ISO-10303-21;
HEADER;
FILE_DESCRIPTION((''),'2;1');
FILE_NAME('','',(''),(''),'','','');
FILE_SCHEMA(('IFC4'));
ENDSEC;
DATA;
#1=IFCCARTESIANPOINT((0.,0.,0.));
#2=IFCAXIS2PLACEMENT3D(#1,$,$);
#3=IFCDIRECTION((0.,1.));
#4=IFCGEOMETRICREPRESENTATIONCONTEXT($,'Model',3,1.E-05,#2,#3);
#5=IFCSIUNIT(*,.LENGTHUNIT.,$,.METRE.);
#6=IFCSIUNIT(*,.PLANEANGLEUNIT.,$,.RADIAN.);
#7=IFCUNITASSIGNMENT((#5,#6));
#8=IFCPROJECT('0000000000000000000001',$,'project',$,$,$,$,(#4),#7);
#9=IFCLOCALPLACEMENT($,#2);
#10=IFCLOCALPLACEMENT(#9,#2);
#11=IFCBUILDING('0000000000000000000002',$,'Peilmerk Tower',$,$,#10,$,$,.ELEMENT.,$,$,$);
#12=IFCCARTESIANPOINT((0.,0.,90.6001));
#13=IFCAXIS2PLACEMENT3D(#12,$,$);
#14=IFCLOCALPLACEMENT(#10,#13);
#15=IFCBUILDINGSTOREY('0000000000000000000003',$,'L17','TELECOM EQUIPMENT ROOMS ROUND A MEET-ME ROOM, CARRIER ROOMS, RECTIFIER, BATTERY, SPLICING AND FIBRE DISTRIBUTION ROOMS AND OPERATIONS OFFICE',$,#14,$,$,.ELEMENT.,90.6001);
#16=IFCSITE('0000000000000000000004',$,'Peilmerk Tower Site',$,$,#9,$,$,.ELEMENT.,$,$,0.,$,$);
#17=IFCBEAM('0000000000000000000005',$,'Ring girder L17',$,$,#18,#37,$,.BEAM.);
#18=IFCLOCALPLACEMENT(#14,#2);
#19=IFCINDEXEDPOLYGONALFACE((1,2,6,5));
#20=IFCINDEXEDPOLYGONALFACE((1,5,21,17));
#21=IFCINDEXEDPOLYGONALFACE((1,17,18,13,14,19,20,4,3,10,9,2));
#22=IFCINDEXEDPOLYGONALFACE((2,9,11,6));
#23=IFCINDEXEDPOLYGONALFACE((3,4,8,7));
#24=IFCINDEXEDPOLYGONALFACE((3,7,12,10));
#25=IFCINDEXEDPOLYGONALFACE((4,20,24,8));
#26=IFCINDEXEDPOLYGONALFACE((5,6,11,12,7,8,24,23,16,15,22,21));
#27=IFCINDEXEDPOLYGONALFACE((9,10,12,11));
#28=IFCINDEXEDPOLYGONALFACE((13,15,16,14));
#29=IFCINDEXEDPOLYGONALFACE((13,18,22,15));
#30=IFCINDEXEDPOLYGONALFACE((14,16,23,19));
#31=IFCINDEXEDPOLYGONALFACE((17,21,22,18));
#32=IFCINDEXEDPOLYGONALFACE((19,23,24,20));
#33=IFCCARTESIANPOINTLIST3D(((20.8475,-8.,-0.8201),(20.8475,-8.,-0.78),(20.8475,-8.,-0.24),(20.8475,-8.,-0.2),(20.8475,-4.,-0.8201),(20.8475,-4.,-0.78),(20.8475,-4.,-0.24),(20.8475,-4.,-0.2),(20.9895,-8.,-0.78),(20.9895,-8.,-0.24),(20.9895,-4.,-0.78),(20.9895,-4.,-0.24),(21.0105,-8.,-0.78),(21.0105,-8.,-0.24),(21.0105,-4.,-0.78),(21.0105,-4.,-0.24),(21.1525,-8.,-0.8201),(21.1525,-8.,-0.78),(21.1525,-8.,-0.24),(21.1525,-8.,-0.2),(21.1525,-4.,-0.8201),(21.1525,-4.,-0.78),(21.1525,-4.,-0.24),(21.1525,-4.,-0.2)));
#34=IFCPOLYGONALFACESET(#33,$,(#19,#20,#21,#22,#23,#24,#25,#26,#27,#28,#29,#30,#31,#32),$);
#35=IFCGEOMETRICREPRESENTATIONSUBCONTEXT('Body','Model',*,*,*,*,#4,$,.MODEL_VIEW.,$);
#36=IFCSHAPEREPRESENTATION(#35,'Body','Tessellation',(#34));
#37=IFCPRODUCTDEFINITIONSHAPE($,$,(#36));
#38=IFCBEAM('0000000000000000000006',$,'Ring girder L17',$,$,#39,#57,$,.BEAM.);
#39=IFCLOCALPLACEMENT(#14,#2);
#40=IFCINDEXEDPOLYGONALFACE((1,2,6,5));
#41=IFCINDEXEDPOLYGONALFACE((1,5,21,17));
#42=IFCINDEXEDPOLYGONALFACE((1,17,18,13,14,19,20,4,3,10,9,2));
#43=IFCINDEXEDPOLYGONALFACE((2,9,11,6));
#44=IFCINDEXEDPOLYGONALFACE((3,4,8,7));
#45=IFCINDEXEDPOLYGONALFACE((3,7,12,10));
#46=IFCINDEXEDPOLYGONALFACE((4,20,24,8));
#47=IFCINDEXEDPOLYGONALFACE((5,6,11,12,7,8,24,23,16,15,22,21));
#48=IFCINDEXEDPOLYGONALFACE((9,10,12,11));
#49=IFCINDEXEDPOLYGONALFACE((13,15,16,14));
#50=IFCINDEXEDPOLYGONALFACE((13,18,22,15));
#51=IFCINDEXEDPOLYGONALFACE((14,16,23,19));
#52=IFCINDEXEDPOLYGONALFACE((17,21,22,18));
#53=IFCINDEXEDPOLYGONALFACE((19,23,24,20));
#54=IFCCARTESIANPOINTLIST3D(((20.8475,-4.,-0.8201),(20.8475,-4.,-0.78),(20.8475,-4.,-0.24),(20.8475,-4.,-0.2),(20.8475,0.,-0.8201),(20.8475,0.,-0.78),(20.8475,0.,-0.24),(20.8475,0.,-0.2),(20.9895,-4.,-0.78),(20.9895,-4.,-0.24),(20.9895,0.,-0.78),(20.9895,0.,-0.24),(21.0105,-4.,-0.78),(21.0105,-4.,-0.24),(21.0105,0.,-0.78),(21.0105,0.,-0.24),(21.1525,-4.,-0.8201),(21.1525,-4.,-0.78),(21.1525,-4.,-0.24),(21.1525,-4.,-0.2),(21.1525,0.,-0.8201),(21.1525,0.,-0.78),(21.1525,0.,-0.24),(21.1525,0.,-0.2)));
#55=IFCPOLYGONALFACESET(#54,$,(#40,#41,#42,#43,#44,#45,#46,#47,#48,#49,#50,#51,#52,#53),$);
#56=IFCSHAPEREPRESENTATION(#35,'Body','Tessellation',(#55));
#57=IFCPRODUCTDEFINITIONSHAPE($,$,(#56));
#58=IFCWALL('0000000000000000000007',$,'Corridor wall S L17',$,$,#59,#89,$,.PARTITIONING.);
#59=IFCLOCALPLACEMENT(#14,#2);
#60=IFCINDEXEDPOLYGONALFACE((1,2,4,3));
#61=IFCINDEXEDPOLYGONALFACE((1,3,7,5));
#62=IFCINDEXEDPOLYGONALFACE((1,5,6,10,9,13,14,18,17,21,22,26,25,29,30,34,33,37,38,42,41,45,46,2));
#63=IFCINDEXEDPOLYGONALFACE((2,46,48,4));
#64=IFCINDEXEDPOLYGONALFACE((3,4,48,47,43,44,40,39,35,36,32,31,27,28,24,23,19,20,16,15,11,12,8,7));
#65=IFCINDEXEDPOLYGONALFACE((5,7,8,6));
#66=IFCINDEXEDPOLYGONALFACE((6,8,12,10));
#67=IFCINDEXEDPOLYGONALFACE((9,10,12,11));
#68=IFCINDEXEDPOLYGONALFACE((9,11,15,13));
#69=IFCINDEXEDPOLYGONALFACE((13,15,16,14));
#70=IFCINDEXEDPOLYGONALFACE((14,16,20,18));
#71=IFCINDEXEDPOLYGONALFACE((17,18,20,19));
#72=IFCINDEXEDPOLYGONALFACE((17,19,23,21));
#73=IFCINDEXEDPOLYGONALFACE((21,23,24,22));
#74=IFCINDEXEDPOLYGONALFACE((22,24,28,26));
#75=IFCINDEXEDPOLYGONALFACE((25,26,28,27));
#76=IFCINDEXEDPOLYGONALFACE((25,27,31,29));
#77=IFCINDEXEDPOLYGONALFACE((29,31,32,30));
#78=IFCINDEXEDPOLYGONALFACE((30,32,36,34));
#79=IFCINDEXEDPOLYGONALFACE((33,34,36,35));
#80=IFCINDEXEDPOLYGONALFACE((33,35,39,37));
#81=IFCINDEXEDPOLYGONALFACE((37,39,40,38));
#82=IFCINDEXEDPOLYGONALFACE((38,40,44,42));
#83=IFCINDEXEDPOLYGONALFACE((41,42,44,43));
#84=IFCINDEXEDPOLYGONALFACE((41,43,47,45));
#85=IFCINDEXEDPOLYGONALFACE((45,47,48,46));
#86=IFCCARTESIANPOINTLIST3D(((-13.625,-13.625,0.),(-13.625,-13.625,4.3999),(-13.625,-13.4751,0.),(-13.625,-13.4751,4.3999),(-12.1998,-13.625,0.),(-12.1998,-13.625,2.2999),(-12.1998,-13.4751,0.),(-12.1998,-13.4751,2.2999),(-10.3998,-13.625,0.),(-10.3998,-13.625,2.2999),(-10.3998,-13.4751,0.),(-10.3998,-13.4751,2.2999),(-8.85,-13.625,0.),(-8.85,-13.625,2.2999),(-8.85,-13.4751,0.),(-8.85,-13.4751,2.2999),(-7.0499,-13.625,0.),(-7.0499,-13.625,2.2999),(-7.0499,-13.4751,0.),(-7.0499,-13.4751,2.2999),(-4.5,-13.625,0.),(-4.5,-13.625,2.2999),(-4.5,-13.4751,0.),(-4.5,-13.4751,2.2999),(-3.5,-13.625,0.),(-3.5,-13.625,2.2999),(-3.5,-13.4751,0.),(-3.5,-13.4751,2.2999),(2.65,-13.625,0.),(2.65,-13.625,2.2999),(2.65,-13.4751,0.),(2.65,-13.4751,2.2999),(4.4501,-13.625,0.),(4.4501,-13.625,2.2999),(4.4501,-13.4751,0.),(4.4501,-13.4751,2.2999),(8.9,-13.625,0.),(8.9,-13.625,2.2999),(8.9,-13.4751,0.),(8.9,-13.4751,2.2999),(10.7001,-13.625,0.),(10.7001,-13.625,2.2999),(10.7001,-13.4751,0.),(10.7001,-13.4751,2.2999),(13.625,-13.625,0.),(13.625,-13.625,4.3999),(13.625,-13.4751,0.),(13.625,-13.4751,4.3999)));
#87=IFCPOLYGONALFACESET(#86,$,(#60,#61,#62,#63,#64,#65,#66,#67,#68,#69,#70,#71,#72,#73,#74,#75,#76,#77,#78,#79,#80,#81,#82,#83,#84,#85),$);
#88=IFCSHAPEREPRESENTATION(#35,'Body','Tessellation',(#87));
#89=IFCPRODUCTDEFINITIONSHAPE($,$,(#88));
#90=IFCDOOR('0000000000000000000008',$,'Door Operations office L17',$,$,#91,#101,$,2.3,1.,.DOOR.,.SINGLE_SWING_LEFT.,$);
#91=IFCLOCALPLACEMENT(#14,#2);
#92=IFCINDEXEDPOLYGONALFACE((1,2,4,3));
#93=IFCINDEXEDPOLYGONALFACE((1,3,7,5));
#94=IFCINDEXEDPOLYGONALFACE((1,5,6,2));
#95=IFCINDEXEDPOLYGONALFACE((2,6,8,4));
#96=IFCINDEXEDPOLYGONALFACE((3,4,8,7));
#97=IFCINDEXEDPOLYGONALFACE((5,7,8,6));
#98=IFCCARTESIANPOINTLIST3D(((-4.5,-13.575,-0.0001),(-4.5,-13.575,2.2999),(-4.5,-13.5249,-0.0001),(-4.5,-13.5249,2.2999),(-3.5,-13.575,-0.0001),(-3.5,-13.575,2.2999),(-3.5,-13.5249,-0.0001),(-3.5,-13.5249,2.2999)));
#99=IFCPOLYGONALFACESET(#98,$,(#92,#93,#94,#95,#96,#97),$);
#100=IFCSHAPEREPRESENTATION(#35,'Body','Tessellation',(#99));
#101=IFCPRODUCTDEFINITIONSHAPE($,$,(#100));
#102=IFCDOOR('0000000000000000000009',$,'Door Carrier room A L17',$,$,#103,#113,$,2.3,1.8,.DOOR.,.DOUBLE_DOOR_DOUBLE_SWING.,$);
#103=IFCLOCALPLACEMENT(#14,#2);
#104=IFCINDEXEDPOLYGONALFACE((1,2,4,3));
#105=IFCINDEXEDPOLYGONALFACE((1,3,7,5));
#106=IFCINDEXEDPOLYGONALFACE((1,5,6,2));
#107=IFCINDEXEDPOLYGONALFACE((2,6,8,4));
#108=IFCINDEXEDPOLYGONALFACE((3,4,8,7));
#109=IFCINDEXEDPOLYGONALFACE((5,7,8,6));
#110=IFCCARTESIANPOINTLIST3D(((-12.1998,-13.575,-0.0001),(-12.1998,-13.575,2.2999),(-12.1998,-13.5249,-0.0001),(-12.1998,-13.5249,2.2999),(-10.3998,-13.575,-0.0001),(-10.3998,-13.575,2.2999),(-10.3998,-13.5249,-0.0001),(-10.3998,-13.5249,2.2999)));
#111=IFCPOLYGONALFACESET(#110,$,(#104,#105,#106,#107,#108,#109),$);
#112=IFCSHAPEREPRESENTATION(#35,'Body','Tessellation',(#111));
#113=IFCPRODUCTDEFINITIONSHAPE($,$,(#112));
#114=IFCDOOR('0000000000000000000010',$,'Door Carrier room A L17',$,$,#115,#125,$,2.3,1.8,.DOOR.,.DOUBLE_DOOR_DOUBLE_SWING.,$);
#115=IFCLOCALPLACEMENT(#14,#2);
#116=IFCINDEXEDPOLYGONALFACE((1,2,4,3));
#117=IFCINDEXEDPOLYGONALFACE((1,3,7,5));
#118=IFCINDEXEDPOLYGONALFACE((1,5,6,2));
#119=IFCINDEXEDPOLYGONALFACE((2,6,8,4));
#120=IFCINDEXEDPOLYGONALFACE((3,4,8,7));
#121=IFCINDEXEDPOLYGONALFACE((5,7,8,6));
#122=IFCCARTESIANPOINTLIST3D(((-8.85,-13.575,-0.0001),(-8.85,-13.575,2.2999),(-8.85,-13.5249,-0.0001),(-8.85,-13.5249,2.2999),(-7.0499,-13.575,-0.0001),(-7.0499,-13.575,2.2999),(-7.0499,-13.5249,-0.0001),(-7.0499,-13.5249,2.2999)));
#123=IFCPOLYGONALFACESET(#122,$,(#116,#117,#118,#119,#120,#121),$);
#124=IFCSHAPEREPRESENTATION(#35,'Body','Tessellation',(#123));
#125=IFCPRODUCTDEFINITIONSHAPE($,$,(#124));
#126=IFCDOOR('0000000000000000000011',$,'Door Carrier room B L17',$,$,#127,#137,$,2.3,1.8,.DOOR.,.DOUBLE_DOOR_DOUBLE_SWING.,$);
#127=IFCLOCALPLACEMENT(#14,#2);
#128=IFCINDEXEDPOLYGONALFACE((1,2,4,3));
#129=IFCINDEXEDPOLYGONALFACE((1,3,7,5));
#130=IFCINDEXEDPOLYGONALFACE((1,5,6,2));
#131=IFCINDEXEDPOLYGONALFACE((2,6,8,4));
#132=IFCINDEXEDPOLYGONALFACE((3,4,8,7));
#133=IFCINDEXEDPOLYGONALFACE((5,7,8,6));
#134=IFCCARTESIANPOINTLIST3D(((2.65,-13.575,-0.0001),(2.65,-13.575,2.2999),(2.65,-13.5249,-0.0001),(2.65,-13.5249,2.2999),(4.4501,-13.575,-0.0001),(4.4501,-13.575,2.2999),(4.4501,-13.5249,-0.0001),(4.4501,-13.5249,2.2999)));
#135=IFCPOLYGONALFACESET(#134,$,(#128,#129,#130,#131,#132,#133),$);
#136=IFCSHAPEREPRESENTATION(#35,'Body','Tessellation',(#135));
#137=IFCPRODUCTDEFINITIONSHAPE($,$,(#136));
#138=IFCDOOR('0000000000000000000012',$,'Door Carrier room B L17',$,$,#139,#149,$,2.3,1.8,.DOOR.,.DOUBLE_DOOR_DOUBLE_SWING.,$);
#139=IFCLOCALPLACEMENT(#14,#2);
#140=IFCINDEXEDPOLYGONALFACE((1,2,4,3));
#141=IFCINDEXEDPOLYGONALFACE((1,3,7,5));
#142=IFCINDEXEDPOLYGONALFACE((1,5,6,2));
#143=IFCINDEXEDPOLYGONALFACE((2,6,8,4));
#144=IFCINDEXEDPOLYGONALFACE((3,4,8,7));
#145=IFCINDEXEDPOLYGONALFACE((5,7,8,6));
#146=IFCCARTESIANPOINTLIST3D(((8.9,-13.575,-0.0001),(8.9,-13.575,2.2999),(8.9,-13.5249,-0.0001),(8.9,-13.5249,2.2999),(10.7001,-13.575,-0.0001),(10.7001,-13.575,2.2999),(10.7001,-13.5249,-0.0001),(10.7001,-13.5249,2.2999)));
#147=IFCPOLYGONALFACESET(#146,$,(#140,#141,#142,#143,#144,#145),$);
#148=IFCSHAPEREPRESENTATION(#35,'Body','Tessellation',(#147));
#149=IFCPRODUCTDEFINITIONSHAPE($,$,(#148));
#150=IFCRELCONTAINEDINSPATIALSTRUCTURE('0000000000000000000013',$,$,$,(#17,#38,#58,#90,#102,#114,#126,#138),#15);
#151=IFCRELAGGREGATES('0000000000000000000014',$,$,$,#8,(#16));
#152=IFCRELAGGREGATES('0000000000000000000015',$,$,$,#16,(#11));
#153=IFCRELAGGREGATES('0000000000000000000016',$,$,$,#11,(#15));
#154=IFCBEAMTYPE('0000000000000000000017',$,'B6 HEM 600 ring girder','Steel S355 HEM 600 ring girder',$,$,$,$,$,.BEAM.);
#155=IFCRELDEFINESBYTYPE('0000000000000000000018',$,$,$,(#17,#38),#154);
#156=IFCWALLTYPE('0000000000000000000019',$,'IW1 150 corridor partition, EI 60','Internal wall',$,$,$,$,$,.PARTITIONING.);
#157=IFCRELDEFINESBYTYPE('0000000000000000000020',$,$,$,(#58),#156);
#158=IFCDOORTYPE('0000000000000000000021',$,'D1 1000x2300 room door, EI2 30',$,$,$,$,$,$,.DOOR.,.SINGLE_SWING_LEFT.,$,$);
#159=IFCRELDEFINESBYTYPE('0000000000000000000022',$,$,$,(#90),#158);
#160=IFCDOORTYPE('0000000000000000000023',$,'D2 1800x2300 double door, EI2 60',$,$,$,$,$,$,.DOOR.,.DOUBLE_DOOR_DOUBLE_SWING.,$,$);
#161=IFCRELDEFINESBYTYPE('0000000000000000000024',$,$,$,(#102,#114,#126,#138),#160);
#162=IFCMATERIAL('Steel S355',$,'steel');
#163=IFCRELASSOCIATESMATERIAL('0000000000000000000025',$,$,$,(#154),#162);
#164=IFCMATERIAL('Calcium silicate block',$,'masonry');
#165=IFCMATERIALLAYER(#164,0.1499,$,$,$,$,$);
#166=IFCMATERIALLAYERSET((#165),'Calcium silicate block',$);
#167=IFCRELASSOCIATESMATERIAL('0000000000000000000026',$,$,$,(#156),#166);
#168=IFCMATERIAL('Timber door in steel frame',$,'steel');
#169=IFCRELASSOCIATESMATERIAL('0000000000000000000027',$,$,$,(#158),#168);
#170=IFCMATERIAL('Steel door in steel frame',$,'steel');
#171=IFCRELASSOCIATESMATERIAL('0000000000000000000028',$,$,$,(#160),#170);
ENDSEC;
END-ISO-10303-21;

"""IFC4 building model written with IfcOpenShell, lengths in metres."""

from ifc_helpers import new_model, si_unit, direction, frame, frame_2d, origin, origin_2d, place, context, subcontext, project, spatial, rectangle, i_section, extrude, material, layer, layer_set, material_profile, profile_set, type_object, element, fill, save


model = new_model("IFC4")

# Units and contexts
model_context = context("Model", 3, precision=1e-05, world=origin(), true_north=direction((0.0, 1.0)))
body_context = subcontext(model_context, "Body", "Model", "MODEL_VIEW")
ifc_project = project(units=[si_unit("LENGTHUNIT", "METRE"), si_unit("PLANEANGLEUNIT", "RADIAN")], contexts=[model_context])

# Site, building, storey
site_placement = place(None, origin())
site = spatial("IfcSite", under=ifc_project, at=site_placement, Name="Peilmerk Tower Site", CompositionType="ELEMENT", RefElevation=0.0)
building_placement = place(site_placement, origin())
building = spatial("IfcBuilding", under=site, at=building_placement, Name="Peilmerk Tower", CompositionType="ELEMENT")
storey_placement = place(building_placement, frame((0.0, 0.0, 90.6001)))
storey = spatial("IfcBuildingStorey", under=building, at=storey_placement, Name="L17", Description="TELECOM EQUIPMENT ROOMS ROUND A MEET-ME ROOM, CARRIER ROOMS, RECTIFIER, BATTERY, SPLICING AND FIBRE DISTRIBUTION ROOMS AND OPERATIONS OFFICE", CompositionType="ELEMENT", Elevation=90.6001)

# Beams
ifc_material_1 = material(Name="Steel S355", Category="steel")
ifc_material_profile_1 = material_profile(ifc_material_1, i_section(OverallWidth=0.3049, OverallDepth=0.6201, WebThickness=0.021, FlangeThickness=0.04, at=origin_2d()), Name="HEM 600")
ifc_profile_set_1 = profile_set([ifc_material_profile_1], Name="Steel S355")
beam_type_1 = type_object("IfcBeamType", Name="B6 HEM 600 ring girder", Description="Steel S355 HEM 600 ring girder", PredefinedType="BEAM", material=ifc_profile_set_1)
for number, where, z_axis, x_axis, name in (
    (1, (21.0, -8.0, -0.51), (0.0, 1.0, 0.0), (-1.0, 0.0, 0.0), "Ring girder L17"),
    (2, (21.0, -4.0, -0.51), (0.0, 1.0, 0.0), (-1.0, 0.0, 0.0), "Ring girder L17"),
):
    element("IfcBeam", number, at=place(storey_placement, frame(where, z_axis=z_axis, x_axis=x_axis)), inside=storey, type_object=beam_type_1, Name=name, PredefinedType="BEAM", context=body_context, shape_type="SweptSolid", body=[
        extrude(i_section(OverallWidth=0.3049, OverallDepth=0.6201, WebThickness=0.021, FlangeThickness=0.04, at=origin_2d()), origin(), (0.0, 0.0, 1.0), 4.0),
    ])

# Wall, openings, doors
ifc_material_2 = material(Name="Calcium silicate block", Category="masonry")
ifc_layer_1 = layer(ifc_material_2, 0.1499)
ifc_layer_set_1 = layer_set([ifc_layer_1], Name="Calcium silicate block")
wall_type_1 = type_object("IfcWallType", Name="IW1 150 corridor partition, EI 60", Description="Internal wall", PredefinedType="PARTITIONING", material=ifc_layer_set_1)
wall_1_placement = place(storey_placement, frame((13.625, -13.55, 0.0), z_axis=(0.0, 0.0, 1.0), x_axis=(-1.0, 0.0, 0.0)))
wall_1 = element("IfcWall", 3, at=wall_1_placement, inside=storey, type_object=wall_type_1, Name="Corridor wall S L17", PredefinedType="PARTITIONING", context=body_context, shape_type="SweptSolid", body=[
    extrude(rectangle(XDim=27.25, YDim=0.1499, at=frame_2d((13.625, 0.0))), origin(), (0.0, 0.0, 1.0), 4.3999),
])
opening_1_placement = place(wall_1_placement, frame((24.0249, 0.0, 0.0)))
opening_1 = element("IfcOpeningElement", 4, at=opening_1_placement, cuts=wall_1, PredefinedType="OPENING", context=body_context, shape_type="SweptSolid", body=[
    extrude(rectangle(XDim=1.8, YDim=2.3, at=frame_2d((0.8999, 1.1499))), frame((0.0, 0.085, 0.0), z_axis=(0.0, -1.0, 0.0), x_axis=(1.0, 0.0, 0.0)), (0.0, 0.0, 1.0), 0.1699),
])
opening_2_placement = place(wall_1_placement, frame((20.675, 0.0, 0.0)))
opening_2 = element("IfcOpeningElement", 5, at=opening_2_placement, cuts=wall_1, PredefinedType="OPENING", context=body_context, shape_type="SweptSolid", body=[
    extrude(rectangle(XDim=1.8, YDim=2.3, at=frame_2d((0.8999, 1.1499))), frame((0.0, 0.085, 0.0), z_axis=(0.0, -1.0, 0.0), x_axis=(1.0, 0.0, 0.0)), (0.0, 0.0, 1.0), 0.1699),
])
opening_3_placement = place(wall_1_placement, frame((9.175, 0.0, 0.0)))
opening_3 = element("IfcOpeningElement", 6, at=opening_3_placement, cuts=wall_1, PredefinedType="OPENING", context=body_context, shape_type="SweptSolid", body=[
    extrude(rectangle(XDim=1.8, YDim=2.3, at=frame_2d((0.8999, 1.1499))), frame((0.0, 0.085, 0.0), z_axis=(0.0, -1.0, 0.0), x_axis=(1.0, 0.0, 0.0)), (0.0, 0.0, 1.0), 0.1699),
])
opening_4_placement = place(wall_1_placement, frame((2.925, 0.0, 0.0)))
opening_4 = element("IfcOpeningElement", 7, at=opening_4_placement, cuts=wall_1, PredefinedType="OPENING", context=body_context, shape_type="SweptSolid", body=[
    extrude(rectangle(XDim=1.8, YDim=2.3, at=frame_2d((0.8999, 1.1499))), frame((0.0, 0.085, 0.0), z_axis=(0.0, -1.0, 0.0), x_axis=(1.0, 0.0, 0.0)), (0.0, 0.0, 1.0), 0.1699),
])
opening_5_placement = place(wall_1_placement, frame((17.125, 0.0, 0.0)))
opening_5 = element("IfcOpeningElement", 8, at=opening_5_placement, cuts=wall_1, PredefinedType="OPENING", context=body_context, shape_type="SweptSolid", body=[
    extrude(rectangle(XDim=1.0, YDim=2.3, at=frame_2d((0.5, 1.1499))), frame((0.0, 0.085, 0.0), z_axis=(0.0, -1.0, 0.0), x_axis=(1.0, 0.0, 0.0)), (0.0, 0.0, 1.0), 0.1699),
])
ifc_material_3 = material(Name="Timber door in steel frame", Category="steel")
door_type_1 = type_object("IfcDoorType", Name="D1 1000x2300 room door, EI2 30", OperationType="SINGLE_SWING_LEFT", PredefinedType="DOOR", material=ifc_material_3)
door_1_placement = place(opening_5_placement, origin())
door_1 = element("IfcDoor", 9, at=door_1_placement, inside=storey, type_object=door_type_1, Name="Door Operations office L17", OperationType="SINGLE_SWING_LEFT", OverallHeight=2.3, OverallWidth=1.0, PredefinedType="DOOR", context=body_context, shape_type="SweptSolid", body=[
    extrude(rectangle(XDim=1.0, YDim=2.3, at=frame_2d((0.5, 1.1499))), frame((0.0, 0.0249, 0.0), z_axis=(0.0, -1.0, 0.0), x_axis=(1.0, 0.0, 0.0)), (0.0, 0.0, 1.0), 0.05),
])
fill(opening_5, door_1)
ifc_material_4 = material(Name="Steel door in steel frame", Category="steel")
door_type_2 = type_object("IfcDoorType", Name="D2 1800x2300 double door, EI2 60", OperationType="DOUBLE_DOOR_DOUBLE_SWING", PredefinedType="DOOR", material=ifc_material_4)
door_2_placement = place(opening_1_placement, origin())
door_2 = element("IfcDoor", 10, at=door_2_placement, inside=storey, type_object=door_type_2, Name="Door Carrier room A L17", OperationType="DOUBLE_DOOR_DOUBLE_SWING", OverallHeight=2.3, OverallWidth=1.8, PredefinedType="DOOR", context=body_context, shape_type="SweptSolid", body=[
    extrude(rectangle(XDim=1.8, YDim=2.3, at=frame_2d((0.8999, 1.1499))), frame((0.0, 0.0249, 0.0), z_axis=(0.0, -1.0, 0.0), x_axis=(1.0, 0.0, 0.0)), (0.0, 0.0, 1.0), 0.05),
])
fill(opening_1, door_2)
door_3_placement = place(opening_2_placement, origin())
door_3 = element("IfcDoor", 11, at=door_3_placement, inside=storey, type_object=door_type_2, Name="Door Carrier room A L17", OperationType="DOUBLE_DOOR_DOUBLE_SWING", OverallHeight=2.3, OverallWidth=1.8, PredefinedType="DOOR", context=body_context, shape_type="SweptSolid", body=[
    extrude(rectangle(XDim=1.8, YDim=2.3, at=frame_2d((0.8999, 1.1499))), frame((0.0, 0.0249, 0.0), z_axis=(0.0, -1.0, 0.0), x_axis=(1.0, 0.0, 0.0)), (0.0, 0.0, 1.0), 0.05),
])
fill(opening_2, door_3)
door_4_placement = place(opening_3_placement, origin())
door_4 = element("IfcDoor", 12, at=door_4_placement, inside=storey, type_object=door_type_2, Name="Door Carrier room B L17", OperationType="DOUBLE_DOOR_DOUBLE_SWING", OverallHeight=2.3, OverallWidth=1.8, PredefinedType="DOOR", context=body_context, shape_type="SweptSolid", body=[
    extrude(rectangle(XDim=1.8, YDim=2.3, at=frame_2d((0.8999, 1.1499))), frame((0.0, 0.0249, 0.0), z_axis=(0.0, -1.0, 0.0), x_axis=(1.0, 0.0, 0.0)), (0.0, 0.0, 1.0), 0.05),
])
fill(opening_3, door_4)
door_5_placement = place(opening_4_placement, origin())
door_5 = element("IfcDoor", 13, at=door_5_placement, inside=storey, type_object=door_type_2, Name="Door Carrier room B L17", OperationType="DOUBLE_DOOR_DOUBLE_SWING", OverallHeight=2.3, OverallWidth=1.8, PredefinedType="DOOR", context=body_context, shape_type="SweptSolid", body=[
    extrude(rectangle(XDim=1.8, YDim=2.3, at=frame_2d((0.8999, 1.1499))), frame((0.0, 0.0249, 0.0), z_axis=(0.0, -1.0, 0.0), x_axis=(1.0, 0.0, 0.0)), (0.0, 0.0, 1.0), 0.05),
])
fill(opening_4, door_5)

save(model, "model.ifc")
